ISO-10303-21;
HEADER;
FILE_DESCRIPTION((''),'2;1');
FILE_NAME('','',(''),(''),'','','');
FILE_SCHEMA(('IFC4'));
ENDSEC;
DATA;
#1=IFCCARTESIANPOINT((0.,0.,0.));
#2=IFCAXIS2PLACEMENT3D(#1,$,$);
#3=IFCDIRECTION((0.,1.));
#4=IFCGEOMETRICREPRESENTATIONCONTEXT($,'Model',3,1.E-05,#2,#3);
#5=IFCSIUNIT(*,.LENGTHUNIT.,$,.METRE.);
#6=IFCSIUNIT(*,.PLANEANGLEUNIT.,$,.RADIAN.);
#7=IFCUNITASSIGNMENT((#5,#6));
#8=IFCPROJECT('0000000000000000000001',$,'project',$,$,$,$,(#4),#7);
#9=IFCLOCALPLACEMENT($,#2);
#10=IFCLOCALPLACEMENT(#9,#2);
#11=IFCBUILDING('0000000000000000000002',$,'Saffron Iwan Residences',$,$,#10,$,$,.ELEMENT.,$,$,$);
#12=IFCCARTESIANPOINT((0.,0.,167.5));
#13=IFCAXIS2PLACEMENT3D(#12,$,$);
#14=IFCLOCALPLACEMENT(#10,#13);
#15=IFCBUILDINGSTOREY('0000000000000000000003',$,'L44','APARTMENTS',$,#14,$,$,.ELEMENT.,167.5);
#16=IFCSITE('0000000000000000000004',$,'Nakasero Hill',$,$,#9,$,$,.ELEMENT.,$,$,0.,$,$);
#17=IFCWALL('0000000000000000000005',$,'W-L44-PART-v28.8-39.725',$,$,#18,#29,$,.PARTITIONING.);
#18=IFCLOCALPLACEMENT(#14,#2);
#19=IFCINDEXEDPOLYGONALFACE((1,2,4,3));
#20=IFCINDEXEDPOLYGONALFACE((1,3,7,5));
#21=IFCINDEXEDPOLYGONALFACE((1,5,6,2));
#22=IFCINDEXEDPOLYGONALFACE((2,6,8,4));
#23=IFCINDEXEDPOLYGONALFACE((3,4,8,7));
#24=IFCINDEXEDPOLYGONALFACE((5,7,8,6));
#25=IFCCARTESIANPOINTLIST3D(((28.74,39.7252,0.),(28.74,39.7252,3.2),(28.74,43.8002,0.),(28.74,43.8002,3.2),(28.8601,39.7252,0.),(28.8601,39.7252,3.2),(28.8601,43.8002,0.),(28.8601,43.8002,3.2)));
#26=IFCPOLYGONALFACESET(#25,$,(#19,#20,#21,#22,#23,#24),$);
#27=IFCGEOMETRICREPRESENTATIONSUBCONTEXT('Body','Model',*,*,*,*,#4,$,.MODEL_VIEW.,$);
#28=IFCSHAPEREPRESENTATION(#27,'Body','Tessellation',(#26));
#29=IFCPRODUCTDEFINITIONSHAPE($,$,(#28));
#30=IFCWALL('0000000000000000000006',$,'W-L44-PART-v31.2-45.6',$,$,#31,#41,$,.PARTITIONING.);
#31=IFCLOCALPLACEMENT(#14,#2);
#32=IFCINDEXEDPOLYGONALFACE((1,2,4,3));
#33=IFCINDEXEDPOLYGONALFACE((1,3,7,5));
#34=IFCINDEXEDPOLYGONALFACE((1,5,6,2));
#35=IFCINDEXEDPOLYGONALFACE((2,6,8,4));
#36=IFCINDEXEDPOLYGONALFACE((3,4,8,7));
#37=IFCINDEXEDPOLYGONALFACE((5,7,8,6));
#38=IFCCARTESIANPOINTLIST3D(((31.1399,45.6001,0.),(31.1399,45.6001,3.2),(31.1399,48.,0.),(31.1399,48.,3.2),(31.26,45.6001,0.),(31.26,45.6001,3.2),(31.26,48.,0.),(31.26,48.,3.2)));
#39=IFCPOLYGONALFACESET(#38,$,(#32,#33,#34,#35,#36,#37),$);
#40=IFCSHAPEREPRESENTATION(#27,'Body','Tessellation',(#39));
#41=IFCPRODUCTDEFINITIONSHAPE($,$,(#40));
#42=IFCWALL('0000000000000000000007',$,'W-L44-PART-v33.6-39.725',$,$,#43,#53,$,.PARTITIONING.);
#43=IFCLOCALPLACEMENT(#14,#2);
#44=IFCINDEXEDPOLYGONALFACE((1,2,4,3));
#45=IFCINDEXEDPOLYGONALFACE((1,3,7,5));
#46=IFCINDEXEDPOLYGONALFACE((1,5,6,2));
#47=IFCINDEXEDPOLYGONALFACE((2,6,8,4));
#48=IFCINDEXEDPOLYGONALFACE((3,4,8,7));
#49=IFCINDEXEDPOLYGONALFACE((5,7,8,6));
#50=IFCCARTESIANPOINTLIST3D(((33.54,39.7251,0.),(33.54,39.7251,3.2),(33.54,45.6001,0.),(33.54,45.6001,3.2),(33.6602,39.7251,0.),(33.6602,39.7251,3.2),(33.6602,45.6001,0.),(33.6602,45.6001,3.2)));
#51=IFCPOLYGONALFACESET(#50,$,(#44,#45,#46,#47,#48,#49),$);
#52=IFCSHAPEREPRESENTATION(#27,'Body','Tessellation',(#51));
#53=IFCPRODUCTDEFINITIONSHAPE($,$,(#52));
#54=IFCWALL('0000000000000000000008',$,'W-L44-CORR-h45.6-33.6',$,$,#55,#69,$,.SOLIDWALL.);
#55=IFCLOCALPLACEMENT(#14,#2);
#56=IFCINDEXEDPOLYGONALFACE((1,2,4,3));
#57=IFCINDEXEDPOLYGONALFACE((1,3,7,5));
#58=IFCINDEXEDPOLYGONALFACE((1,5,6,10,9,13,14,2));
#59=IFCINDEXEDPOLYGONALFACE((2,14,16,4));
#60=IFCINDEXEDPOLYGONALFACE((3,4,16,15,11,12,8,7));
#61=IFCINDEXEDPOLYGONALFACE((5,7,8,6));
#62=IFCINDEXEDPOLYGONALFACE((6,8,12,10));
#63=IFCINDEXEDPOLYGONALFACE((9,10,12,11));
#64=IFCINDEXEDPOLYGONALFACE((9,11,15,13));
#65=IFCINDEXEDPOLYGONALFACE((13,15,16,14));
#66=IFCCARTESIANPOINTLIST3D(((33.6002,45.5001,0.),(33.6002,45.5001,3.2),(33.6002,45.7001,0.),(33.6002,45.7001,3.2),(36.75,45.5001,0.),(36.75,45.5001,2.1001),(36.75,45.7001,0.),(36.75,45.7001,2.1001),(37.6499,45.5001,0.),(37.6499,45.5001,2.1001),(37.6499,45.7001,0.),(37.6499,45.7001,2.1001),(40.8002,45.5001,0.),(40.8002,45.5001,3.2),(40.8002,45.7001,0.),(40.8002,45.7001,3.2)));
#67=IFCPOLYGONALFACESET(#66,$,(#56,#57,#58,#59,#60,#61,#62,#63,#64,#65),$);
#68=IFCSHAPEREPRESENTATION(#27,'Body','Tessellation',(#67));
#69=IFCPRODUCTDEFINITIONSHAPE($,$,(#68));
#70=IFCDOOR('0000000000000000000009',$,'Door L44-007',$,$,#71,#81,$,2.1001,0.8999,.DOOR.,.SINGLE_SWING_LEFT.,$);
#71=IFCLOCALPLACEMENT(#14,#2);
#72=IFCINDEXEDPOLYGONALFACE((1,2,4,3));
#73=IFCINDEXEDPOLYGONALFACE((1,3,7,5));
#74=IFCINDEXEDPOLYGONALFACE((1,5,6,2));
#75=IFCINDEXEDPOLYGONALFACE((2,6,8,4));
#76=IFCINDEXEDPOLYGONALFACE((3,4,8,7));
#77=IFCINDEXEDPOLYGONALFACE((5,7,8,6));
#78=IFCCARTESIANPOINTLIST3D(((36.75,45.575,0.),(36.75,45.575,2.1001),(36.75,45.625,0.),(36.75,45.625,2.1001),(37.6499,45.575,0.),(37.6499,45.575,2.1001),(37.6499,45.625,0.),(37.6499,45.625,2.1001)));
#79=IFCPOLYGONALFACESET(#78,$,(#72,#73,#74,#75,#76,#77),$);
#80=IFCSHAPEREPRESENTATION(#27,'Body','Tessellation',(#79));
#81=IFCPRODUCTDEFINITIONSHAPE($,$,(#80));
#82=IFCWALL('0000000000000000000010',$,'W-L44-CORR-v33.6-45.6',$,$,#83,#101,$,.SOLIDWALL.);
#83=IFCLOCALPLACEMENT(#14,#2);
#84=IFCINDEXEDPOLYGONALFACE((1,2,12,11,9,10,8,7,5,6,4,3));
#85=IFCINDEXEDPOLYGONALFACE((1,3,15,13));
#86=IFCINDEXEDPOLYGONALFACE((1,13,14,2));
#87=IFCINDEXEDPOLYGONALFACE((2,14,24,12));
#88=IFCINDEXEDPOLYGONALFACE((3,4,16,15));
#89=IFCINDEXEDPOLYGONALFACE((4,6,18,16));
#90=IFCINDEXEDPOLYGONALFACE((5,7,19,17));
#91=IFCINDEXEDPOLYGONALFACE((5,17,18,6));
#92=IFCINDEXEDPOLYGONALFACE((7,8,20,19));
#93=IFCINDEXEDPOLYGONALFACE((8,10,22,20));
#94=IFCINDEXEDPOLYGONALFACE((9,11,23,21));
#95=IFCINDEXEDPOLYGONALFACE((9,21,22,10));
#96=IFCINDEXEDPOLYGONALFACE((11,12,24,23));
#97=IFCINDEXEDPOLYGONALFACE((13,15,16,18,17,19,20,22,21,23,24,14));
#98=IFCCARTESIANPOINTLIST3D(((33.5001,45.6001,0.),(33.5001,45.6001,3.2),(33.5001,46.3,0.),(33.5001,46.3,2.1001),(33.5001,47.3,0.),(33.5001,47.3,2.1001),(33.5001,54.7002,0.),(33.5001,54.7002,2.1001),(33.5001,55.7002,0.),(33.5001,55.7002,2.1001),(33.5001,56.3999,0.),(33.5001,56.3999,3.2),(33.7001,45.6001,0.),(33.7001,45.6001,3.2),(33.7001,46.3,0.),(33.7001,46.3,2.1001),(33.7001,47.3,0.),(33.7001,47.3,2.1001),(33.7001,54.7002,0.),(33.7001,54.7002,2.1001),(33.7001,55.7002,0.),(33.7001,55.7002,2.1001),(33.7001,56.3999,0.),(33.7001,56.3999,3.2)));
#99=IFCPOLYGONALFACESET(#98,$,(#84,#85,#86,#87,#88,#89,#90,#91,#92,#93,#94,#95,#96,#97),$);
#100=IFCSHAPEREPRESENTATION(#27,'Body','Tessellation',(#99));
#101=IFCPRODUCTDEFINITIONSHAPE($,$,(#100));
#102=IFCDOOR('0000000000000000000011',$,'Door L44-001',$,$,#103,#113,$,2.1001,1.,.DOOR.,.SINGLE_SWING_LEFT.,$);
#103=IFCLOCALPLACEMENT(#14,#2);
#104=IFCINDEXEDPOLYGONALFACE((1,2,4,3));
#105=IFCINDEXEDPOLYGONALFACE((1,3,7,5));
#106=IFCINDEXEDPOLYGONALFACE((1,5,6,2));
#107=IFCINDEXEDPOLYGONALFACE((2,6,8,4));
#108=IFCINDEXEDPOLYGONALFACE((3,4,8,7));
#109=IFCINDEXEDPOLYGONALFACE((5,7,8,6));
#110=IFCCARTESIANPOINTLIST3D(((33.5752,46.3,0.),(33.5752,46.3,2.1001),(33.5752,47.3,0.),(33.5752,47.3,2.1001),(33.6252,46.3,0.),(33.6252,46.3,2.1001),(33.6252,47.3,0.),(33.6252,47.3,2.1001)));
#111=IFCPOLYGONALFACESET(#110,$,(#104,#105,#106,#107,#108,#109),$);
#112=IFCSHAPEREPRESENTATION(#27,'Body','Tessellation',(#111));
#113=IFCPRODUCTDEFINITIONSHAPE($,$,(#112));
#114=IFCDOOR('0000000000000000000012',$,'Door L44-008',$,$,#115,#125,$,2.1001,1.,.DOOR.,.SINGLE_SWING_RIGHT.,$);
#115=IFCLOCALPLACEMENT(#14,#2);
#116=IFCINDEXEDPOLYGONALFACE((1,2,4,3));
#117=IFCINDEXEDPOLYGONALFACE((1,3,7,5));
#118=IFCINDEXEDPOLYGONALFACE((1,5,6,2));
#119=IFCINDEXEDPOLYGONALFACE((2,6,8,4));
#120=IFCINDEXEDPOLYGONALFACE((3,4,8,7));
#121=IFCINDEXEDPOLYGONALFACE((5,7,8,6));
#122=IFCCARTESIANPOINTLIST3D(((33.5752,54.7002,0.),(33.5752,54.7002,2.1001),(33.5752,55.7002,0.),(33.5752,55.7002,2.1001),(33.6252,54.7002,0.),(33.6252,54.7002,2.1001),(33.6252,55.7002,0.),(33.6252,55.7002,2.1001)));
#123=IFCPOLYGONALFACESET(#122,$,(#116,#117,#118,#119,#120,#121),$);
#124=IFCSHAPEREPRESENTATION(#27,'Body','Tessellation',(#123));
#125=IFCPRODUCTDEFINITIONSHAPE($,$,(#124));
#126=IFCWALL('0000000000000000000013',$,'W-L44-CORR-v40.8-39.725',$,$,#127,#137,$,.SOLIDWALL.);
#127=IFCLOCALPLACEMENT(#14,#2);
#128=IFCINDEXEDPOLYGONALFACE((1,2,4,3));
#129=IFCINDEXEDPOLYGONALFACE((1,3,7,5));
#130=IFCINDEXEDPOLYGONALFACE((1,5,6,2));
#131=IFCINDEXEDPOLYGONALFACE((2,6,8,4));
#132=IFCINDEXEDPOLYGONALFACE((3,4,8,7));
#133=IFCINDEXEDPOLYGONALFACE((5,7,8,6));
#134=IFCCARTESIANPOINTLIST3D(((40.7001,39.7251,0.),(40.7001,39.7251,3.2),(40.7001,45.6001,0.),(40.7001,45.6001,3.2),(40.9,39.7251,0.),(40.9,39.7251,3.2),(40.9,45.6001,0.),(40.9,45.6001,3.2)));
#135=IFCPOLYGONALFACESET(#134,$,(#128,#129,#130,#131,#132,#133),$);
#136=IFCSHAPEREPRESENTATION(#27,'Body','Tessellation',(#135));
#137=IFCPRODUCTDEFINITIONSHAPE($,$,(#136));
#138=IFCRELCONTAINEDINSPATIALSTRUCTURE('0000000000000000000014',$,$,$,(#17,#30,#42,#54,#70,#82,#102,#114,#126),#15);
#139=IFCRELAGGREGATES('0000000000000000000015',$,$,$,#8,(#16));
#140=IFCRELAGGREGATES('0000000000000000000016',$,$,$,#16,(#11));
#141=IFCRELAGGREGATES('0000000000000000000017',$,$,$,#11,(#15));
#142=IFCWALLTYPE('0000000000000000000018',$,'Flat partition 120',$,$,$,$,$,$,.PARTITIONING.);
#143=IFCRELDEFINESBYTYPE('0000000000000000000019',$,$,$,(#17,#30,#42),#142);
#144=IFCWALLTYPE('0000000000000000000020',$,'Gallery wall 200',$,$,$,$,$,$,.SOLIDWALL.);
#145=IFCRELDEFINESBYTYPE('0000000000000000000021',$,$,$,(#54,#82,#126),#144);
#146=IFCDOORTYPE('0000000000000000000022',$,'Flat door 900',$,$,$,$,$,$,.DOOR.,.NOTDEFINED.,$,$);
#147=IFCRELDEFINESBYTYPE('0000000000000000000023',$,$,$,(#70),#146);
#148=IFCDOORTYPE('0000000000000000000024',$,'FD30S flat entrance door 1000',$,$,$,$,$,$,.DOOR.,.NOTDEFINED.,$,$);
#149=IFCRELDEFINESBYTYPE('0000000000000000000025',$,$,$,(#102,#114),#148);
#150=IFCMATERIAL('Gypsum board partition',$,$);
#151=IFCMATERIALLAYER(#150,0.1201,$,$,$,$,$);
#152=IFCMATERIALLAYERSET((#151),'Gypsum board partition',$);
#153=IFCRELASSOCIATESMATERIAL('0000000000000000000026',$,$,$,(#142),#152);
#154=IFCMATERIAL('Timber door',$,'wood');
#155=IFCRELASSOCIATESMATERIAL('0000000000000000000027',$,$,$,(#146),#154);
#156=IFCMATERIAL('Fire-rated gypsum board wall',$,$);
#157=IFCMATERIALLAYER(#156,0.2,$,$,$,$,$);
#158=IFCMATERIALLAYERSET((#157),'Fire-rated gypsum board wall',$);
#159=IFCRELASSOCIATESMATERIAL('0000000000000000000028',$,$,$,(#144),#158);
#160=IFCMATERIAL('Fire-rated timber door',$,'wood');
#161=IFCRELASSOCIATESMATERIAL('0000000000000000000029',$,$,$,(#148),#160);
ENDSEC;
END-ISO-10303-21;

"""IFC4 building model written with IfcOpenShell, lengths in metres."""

from ifc_helpers import new_model, si_unit, direction, frame, frame_2d, origin, place, context, subcontext, project, spatial, rectangle, extrude, material, layer, layer_set, type_object, element, fill, save


model = new_model("IFC4")

# Units and contexts
model_context = context("Model", 3, precision=1e-05, world=origin(), true_north=direction((0.0, 1.0)))
body_context = subcontext(model_context, "Body", "Model", "MODEL_VIEW")
ifc_project = project(units=[si_unit("LENGTHUNIT", "METRE"), si_unit("PLANEANGLEUNIT", "RADIAN")], contexts=[model_context])

# Site, building, storey
site_placement = place(None, origin())
site = spatial("IfcSite", under=ifc_project, at=site_placement, Name="Nakasero Hill", CompositionType="ELEMENT", RefElevation=0.0)
building_placement = place(site_placement, origin())
building = spatial("IfcBuilding", under=site, at=building_placement, Name="Saffron Iwan Residences", CompositionType="ELEMENT")
storey_placement = place(building_placement, frame((0.0, 0.0, 167.5)))
storey = spatial("IfcBuildingStorey", under=building, at=storey_placement, Name="L44", Description="APARTMENTS", CompositionType="ELEMENT", Elevation=167.5)

# Shared definitions
ifc_material_1 = material(Name="Gypsum board partition")
ifc_layer_1 = layer(ifc_material_1, 0.1201)
ifc_layer_set_1 = layer_set([ifc_layer_1], Name="Gypsum board partition")
wall_type_1 = type_object("IfcWallType", Name="Flat partition 120", PredefinedType="PARTITIONING", material=ifc_layer_set_1)
ifc_material_2 = material(Name="Timber door", Category="wood")
door_type_1 = type_object("IfcDoorType", Name="Flat door 900", OperationType="NOTDEFINED", PredefinedType="DOOR", material=ifc_material_2)

# Walls
wall_1_placement = place(storey_placement, frame((28.8, 39.7251, 0.0), z_axis=(0.0, 0.0, 1.0), x_axis=(0.0, 1.0, 0.0)))
element("IfcWall", 1, at=wall_1_placement, inside=storey, type_object=wall_type_1, Name="W-L44-PART-v28.8-39.725", PredefinedType="PARTITIONING", context=body_context, shape_type="SweptSolid", body=[
    extrude(rectangle(XDim=4.075, YDim=0.1201, at=frame_2d((2.0376, 0.0))), origin(), (0.0, 0.0, 1.0), 3.2),
])
wall_2_placement = place(storey_placement, frame((31.2, 45.6001, 0.0), z_axis=(0.0, 0.0, 1.0), x_axis=(0.0, 1.0, 0.0)))
element("IfcWall", 2, at=wall_2_placement, inside=storey, type_object=wall_type_1, Name="W-L44-PART-v31.2-45.6", PredefinedType="PARTITIONING", context=body_context, shape_type="SweptSolid", body=[
    extrude(rectangle(XDim=2.3999, YDim=0.1201, at=frame_2d((1.2, 0.0))), origin(), (0.0, 0.0, 1.0), 3.2),
])
wall_3_placement = place(storey_placement, frame((33.6001, 39.7251, 0.0), z_axis=(0.0, 0.0, 1.0), x_axis=(0.0, 1.0, 0.0)))
element("IfcWall", 3, at=wall_3_placement, inside=storey, type_object=wall_type_1, Name="W-L44-PART-v33.6-39.725", PredefinedType="PARTITIONING", context=body_context, shape_type="SweptSolid", body=[
    extrude(rectangle(XDim=5.875, YDim=0.1201, at=frame_2d((2.9375, 0.0))), origin(), (0.0, 0.0, 1.0), 3.2),
])

# Wall, opening, door
ifc_material_3 = material(Name="Fire-rated gypsum board wall")
ifc_layer_2 = layer(ifc_material_3, 0.2)
ifc_layer_set_2 = layer_set([ifc_layer_2], Name="Fire-rated gypsum board wall")
wall_type_2 = type_object("IfcWallType", Name="Gallery wall 200", PredefinedType="SOLIDWALL", material=ifc_layer_set_2)
wall_4_placement = place(storey_placement, frame((33.6001, 45.6001, 0.0), z_axis=(0.0, 0.0, 1.0), x_axis=(1.0, 0.0, 0.0)))
wall_4 = element("IfcWall", 4, at=wall_4_placement, inside=storey, type_object=wall_type_2, Name="W-L44-CORR-h45.6-33.6", PredefinedType="SOLIDWALL", context=body_context, shape_type="SweptSolid", body=[
    extrude(rectangle(XDim=7.2, YDim=0.2, at=frame_2d((3.6001, 0.0))), origin(), (0.0, 0.0, 1.0), 3.2),
])
opening_1_placement = place(wall_4_placement, frame((3.1499, 0.0, 0.0)))
opening_1 = element("IfcOpeningElement", 5, at=opening_1_placement, cuts=wall_4, PredefinedType="OPENING", context=body_context, shape_type="SweptSolid", body=[
    extrude(rectangle(XDim=0.8999, YDim=2.1001, at=frame_2d((0.45, 1.05))), frame((0.0, 0.1099, 0.0), z_axis=(0.0, -1.0, 0.0), x_axis=(1.0, 0.0, 0.0)), (0.0, 0.0, 1.0), 0.22),
])
door_1_placement = place(opening_1_placement, origin())
door_1 = element("IfcDoor", 6, at=door_1_placement, inside=storey, type_object=door_type_1, Name="Door L44-007", OperationType="SINGLE_SWING_LEFT", OverallHeight=2.1001, OverallWidth=0.8999, PredefinedType="DOOR", context=body_context, shape_type="SweptSolid", body=[
    extrude(rectangle(XDim=0.8999, YDim=2.1001, at=frame_2d((0.45, 1.05))), frame((0.0, 0.0249, 0.0), z_axis=(0.0, -1.0, 0.0), x_axis=(1.0, 0.0, 0.0)), (0.0, 0.0, 1.0), 0.05),
])
fill(opening_1, door_1)

# Wall, openings, doors
wall_5_placement = place(storey_placement, frame((33.6001, 45.6001, 0.0), z_axis=(0.0, 0.0, 1.0), x_axis=(0.0, 1.0, 0.0)))
wall_5 = element("IfcWall", 7, at=wall_5_placement, inside=storey, type_object=wall_type_2, Name="W-L44-CORR-v33.6-45.6", PredefinedType="SOLIDWALL", context=body_context, shape_type="SweptSolid", body=[
    extrude(rectangle(XDim=10.7998, YDim=0.2, at=frame_2d((5.3999, 0.0))), origin(), (0.0, 0.0, 1.0), 3.2),
])
opening_2_placement = place(wall_5_placement, frame((0.7, 0.0, 0.0)))
opening_2 = element("IfcOpeningElement", 8, at=opening_2_placement, cuts=wall_5, PredefinedType="OPENING", context=body_context, shape_type="SweptSolid", body=[
    extrude(rectangle(XDim=1.0, YDim=2.1001, at=frame_2d((0.5, 1.05))), frame((0.0, 0.1099, 0.0), z_axis=(0.0, -1.0, 0.0), x_axis=(1.0, 0.0, 0.0)), (0.0, 0.0, 1.0), 0.22),
])
opening_3_placement = place(wall_5_placement, frame((9.1001, 0.0, 0.0)))
opening_3 = element("IfcOpeningElement", 9, at=opening_3_placement, cuts=wall_5, PredefinedType="OPENING", context=body_context, shape_type="SweptSolid", body=[
    extrude(rectangle(XDim=1.0, YDim=2.1001, at=frame_2d((0.5, 1.05))), frame((0.0, 0.1099, 0.0), z_axis=(0.0, -1.0, 0.0), x_axis=(1.0, 0.0, 0.0)), (0.0, 0.0, 1.0), 0.22),
])
ifc_material_4 = material(Name="Fire-rated timber door", Category="wood")
door_type_2 = type_object("IfcDoorType", Name="FD30S flat entrance door 1000", OperationType="NOTDEFINED", PredefinedType="DOOR", material=ifc_material_4)
door_2_placement = place(opening_2_placement, origin())
door_2 = element("IfcDoor", 10, at=door_2_placement, inside=storey, type_object=door_type_2, Name="Door L44-001", OperationType="SINGLE_SWING_LEFT", OverallHeight=2.1001, OverallWidth=1.0, PredefinedType="DOOR", context=body_context, shape_type="SweptSolid", body=[
    extrude(rectangle(XDim=1.0, YDim=2.1001, at=frame_2d((0.5, 1.05))), frame((0.0, 0.0249, 0.0), z_axis=(0.0, -1.0, 0.0), x_axis=(1.0, 0.0, 0.0)), (0.0, 0.0, 1.0), 0.05),
])
fill(opening_2, door_2)
door_3_placement = place(opening_3_placement, origin())
door_3 = element("IfcDoor", 11, at=door_3_placement, inside=storey, type_object=door_type_2, Name="Door L44-008", OperationType="SINGLE_SWING_RIGHT", OverallHeight=2.1001, OverallWidth=1.0, PredefinedType="DOOR", context=body_context, shape_type="SweptSolid", body=[
    extrude(rectangle(XDim=1.0, YDim=2.1001, at=frame_2d((0.5, 1.05))), frame((0.0, 0.0249, 0.0), z_axis=(0.0, -1.0, 0.0), x_axis=(1.0, 0.0, 0.0)), (0.0, 0.0, 1.0), 0.05),
])
fill(opening_3, door_3)

# Wall
wall_6_placement = place(storey_placement, frame((40.8, 39.7251, 0.0), z_axis=(0.0, 0.0, 1.0), x_axis=(0.0, 1.0, 0.0)))
element("IfcWall", 12, at=wall_6_placement, inside=storey, type_object=wall_type_2, Name="W-L44-CORR-v40.8-39.725", PredefinedType="SOLIDWALL", context=body_context, shape_type="SweptSolid", body=[
    extrude(rectangle(XDim=5.875, YDim=0.2, at=frame_2d((2.9375, 0.0))), origin(), (0.0, 0.0, 1.0), 3.2),
])

save(model, "model.ifc")
